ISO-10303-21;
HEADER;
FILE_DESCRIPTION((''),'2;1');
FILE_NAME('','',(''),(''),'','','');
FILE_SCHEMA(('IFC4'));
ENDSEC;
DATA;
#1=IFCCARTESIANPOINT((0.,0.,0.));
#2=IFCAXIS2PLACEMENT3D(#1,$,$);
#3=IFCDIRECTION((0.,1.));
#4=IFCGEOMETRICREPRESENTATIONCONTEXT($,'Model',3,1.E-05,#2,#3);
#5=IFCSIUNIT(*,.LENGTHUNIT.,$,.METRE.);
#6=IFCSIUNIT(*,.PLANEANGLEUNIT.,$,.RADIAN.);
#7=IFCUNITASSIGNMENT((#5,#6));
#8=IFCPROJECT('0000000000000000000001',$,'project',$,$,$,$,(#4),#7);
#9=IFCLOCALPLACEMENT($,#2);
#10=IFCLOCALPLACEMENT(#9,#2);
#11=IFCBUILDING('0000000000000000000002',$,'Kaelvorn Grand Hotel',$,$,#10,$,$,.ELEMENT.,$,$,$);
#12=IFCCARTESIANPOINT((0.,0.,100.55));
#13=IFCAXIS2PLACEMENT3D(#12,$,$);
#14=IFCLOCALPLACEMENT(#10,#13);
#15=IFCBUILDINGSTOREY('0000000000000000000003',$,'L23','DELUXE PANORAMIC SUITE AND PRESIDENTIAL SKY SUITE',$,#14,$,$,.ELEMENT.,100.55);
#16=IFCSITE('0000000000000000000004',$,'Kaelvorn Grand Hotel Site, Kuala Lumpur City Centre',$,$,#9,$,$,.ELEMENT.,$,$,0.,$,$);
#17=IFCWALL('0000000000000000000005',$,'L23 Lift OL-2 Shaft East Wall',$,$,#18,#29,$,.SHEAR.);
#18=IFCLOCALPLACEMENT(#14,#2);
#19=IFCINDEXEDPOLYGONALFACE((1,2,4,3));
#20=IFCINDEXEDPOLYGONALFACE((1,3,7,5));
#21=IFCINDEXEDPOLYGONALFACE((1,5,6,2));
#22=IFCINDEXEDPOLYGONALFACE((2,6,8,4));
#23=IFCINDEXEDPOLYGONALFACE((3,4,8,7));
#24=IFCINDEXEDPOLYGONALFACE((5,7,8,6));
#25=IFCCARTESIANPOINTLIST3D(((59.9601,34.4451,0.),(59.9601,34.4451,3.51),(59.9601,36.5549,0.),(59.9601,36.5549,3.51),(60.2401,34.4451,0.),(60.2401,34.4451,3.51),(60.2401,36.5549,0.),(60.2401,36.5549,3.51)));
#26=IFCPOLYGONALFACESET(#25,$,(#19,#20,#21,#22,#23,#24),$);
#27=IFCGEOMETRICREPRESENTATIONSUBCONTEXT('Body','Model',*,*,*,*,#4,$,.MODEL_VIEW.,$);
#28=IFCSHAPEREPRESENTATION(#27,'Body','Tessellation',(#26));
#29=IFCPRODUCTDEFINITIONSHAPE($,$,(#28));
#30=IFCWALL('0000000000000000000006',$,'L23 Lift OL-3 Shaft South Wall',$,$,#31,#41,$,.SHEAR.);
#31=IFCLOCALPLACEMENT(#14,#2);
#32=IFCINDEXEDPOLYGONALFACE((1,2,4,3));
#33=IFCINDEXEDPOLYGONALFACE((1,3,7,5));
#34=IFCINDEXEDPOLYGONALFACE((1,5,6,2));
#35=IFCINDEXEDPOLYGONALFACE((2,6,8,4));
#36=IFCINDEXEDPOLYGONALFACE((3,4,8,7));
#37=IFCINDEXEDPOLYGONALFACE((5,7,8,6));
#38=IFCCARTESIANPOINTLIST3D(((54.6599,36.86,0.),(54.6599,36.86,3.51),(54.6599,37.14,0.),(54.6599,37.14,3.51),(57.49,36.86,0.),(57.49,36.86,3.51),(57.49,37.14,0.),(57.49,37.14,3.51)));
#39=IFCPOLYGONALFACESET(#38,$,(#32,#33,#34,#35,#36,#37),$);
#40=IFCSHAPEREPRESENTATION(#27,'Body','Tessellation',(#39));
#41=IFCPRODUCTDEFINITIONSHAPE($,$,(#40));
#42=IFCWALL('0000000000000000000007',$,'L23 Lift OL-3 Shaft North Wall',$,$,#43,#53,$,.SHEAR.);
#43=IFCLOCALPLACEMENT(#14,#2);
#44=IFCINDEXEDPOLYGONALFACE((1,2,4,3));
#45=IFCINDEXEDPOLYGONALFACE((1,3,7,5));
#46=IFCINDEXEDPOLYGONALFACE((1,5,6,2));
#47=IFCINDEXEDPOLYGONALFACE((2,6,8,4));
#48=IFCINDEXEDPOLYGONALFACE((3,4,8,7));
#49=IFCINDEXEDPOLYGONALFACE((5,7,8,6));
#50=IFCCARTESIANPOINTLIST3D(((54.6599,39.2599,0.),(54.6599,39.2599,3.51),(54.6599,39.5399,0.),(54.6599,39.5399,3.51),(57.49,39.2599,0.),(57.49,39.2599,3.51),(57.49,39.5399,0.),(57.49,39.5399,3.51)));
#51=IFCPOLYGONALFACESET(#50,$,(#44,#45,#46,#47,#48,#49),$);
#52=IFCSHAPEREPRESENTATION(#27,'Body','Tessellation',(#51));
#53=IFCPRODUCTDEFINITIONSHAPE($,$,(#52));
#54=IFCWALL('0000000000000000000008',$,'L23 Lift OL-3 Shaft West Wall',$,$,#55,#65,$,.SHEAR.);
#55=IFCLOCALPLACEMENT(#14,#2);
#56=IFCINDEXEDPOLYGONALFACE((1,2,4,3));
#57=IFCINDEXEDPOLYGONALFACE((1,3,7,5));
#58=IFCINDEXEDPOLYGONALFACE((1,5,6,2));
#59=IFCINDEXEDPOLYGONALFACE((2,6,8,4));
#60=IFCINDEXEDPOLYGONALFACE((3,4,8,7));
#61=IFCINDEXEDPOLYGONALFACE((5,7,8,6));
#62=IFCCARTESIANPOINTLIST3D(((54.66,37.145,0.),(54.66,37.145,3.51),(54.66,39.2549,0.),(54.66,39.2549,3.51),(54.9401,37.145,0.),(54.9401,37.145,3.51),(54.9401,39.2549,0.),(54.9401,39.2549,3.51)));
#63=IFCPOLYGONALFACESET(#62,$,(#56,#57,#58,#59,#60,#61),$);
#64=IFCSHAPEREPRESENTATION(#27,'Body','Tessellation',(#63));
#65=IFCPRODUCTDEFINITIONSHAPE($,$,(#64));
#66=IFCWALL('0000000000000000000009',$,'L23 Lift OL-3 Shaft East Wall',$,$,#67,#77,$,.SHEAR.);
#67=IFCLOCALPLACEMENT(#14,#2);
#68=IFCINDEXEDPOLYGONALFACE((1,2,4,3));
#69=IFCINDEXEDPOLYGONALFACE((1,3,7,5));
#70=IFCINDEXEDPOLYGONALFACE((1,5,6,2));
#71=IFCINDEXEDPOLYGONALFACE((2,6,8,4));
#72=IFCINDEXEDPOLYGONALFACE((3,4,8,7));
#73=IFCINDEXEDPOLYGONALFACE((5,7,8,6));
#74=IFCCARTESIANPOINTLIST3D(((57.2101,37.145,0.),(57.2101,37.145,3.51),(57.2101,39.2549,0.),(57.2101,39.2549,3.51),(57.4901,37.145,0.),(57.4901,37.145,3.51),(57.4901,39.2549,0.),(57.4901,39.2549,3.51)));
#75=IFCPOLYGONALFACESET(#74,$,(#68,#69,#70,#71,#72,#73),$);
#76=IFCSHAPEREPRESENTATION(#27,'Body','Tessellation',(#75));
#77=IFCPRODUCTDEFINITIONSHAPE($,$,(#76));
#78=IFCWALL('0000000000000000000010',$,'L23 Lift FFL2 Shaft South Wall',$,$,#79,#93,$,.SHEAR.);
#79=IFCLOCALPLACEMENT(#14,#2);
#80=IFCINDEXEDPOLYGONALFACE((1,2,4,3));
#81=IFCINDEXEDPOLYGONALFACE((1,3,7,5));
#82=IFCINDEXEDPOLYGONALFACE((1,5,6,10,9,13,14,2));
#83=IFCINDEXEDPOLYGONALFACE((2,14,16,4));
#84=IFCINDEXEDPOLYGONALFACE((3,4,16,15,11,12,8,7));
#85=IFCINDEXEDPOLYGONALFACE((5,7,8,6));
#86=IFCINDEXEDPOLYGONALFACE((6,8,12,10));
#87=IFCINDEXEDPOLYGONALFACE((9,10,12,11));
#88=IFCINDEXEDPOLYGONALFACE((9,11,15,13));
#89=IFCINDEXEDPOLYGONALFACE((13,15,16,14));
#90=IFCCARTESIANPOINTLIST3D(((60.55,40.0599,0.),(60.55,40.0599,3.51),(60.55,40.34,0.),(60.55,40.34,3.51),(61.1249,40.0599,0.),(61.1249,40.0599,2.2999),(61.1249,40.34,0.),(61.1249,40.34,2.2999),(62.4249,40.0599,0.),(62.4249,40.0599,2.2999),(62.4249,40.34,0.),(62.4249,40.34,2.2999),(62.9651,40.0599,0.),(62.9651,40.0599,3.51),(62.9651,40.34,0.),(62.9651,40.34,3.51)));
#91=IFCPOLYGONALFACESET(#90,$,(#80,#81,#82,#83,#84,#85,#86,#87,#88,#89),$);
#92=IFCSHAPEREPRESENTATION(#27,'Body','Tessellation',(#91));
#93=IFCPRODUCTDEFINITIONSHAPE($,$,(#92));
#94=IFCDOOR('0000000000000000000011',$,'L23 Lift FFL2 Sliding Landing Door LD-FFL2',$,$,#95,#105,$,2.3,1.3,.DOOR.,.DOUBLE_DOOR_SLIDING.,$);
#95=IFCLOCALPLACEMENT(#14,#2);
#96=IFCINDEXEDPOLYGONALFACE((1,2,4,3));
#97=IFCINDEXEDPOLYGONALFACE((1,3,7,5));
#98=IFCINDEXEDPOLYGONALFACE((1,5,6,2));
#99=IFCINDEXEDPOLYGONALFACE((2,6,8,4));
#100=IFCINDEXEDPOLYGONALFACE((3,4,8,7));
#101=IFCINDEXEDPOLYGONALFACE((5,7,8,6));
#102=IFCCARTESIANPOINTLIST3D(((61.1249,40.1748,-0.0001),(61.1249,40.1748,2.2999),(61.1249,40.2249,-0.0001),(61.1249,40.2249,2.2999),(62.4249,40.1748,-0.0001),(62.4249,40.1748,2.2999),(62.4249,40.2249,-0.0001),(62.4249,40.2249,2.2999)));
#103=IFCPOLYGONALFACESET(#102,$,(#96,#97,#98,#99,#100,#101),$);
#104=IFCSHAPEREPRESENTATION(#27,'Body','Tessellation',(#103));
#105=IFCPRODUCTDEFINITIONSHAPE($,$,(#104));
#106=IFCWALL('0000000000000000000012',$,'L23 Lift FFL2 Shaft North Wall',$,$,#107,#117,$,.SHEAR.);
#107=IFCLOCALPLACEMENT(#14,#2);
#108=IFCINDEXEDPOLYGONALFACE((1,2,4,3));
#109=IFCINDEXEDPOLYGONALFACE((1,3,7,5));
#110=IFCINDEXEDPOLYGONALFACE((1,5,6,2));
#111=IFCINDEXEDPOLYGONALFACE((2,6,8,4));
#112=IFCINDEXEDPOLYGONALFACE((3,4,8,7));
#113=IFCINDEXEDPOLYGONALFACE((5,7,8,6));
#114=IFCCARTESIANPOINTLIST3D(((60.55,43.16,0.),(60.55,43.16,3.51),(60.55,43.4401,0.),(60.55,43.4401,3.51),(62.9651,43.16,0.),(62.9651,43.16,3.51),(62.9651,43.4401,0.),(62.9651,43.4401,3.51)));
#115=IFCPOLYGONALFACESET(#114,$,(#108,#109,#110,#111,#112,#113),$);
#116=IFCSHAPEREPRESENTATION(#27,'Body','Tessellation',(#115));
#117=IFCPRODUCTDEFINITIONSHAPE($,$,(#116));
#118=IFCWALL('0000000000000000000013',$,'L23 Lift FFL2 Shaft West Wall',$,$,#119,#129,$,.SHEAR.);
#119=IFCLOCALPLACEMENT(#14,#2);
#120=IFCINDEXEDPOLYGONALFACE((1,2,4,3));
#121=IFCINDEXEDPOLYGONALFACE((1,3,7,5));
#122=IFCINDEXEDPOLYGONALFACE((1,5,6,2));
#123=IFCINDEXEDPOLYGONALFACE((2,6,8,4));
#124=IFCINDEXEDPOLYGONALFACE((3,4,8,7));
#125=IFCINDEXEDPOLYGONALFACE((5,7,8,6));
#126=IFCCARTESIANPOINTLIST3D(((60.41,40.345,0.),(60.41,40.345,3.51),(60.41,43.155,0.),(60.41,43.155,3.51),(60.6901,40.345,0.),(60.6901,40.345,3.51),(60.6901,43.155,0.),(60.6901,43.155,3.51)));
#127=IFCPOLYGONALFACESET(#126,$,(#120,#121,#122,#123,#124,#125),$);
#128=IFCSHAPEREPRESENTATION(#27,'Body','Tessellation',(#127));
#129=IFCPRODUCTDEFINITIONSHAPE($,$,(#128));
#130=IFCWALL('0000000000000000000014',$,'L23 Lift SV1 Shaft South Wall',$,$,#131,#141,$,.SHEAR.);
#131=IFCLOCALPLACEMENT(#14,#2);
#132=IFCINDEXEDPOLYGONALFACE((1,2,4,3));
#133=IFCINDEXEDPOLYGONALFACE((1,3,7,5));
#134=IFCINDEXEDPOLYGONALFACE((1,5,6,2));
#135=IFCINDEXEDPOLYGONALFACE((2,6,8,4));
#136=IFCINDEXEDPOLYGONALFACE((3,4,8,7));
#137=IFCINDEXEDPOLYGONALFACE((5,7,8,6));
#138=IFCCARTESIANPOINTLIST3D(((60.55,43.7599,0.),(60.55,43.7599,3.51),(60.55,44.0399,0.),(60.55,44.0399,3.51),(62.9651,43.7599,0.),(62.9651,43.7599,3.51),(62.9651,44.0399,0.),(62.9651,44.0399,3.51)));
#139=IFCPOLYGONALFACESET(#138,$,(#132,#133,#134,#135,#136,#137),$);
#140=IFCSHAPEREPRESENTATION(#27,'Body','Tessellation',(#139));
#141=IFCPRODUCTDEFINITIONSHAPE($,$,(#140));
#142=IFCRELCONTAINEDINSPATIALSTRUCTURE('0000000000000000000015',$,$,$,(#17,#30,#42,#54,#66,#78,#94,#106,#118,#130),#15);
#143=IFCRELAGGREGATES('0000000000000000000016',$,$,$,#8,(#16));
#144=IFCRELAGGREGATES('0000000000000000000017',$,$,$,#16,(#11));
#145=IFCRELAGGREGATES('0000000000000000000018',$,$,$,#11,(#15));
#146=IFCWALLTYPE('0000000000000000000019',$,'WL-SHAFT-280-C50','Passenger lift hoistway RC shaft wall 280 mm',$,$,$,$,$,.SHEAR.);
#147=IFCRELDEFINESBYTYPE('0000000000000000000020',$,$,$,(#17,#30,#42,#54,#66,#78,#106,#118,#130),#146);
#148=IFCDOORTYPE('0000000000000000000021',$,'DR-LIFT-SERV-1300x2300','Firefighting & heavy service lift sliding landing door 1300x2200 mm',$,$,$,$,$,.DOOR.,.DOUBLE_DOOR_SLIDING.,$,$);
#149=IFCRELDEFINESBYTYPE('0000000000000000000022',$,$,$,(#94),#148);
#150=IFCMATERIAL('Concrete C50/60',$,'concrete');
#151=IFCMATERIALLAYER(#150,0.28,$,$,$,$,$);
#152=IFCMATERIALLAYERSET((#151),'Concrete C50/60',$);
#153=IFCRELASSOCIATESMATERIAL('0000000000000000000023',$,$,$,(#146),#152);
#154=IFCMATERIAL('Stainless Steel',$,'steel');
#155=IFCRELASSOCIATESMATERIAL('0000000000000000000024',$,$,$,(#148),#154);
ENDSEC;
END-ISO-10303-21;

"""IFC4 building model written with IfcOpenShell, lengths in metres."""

from ifc_helpers import new_model, si_unit, direction, frame, frame_2d, origin, place, context, subcontext, project, spatial, rectangle, extrude, material, layer, layer_set, type_object, element, fill, save


model = new_model("IFC4")

# Units and contexts
model_context = context("Model", 3, precision=1e-05, world=origin(), true_north=direction((0.0, 1.0)))
body_context = subcontext(model_context, "Body", "Model", "MODEL_VIEW")
ifc_project = project(units=[si_unit("LENGTHUNIT", "METRE"), si_unit("PLANEANGLEUNIT", "RADIAN")], contexts=[model_context])

# Site, building, storey
site_placement = place(None, origin())
site = spatial("IfcSite", under=ifc_project, at=site_placement, Name="Kaelvorn Grand Hotel Site, Kuala Lumpur City Centre", CompositionType="ELEMENT", RefElevation=0.0)
building_placement = place(site_placement, origin())
building = spatial("IfcBuilding", under=site, at=building_placement, Name="Kaelvorn Grand Hotel", CompositionType="ELEMENT")
storey_placement = place(building_placement, frame((0.0, 0.0, 100.55)))
storey = spatial("IfcBuildingStorey", under=building, at=storey_placement, Name="L23", Description="DELUXE PANORAMIC SUITE AND PRESIDENTIAL SKY SUITE", CompositionType="ELEMENT", Elevation=100.55)

# Walls
ifc_material_1 = material(Name="Concrete C50/60", Category="concrete")
ifc_layer_1 = layer(ifc_material_1, 0.28)
ifc_layer_set_1 = layer_set([ifc_layer_1], Name="Concrete C50/60")
wall_type_1 = type_object("IfcWallType", Name="WL-SHAFT-280-C50", Description="Passenger lift hoistway RC shaft wall 280 mm", PredefinedType="SHEAR", material=ifc_layer_set_1)
wall_1_placement = place(storey_placement, frame((60.1001, 34.4451, 0.0), z_axis=(0.0, 0.0, 1.0), x_axis=(0.0, 1.0, 0.0)))
element("IfcWall", 1, at=wall_1_placement, inside=storey, type_object=wall_type_1, Name="L23 Lift OL-2 Shaft East Wall", PredefinedType="SHEAR", context=body_context, shape_type="SweptSolid", body=[
    extrude(rectangle(XDim=2.1099, YDim=0.28, at=frame_2d((1.0549, 0.0))), origin(), (0.0, 0.0, 1.0), 3.51),
])
for number, where, z_axis, x_axis, name in (
    (2, (54.6599, 37.0, 0.0), (0.0, 0.0, 1.0), (1.0, 0.0, 0.0), "L23 Lift OL-3 Shaft South Wall"),
    (3, (54.6599, 39.3999, 0.0), (0.0, 0.0, 1.0), (1.0, 0.0, 0.0), "L23 Lift OL-3 Shaft North Wall"),
):
    element("IfcWall", number, at=place(storey_placement, frame(where, z_axis=z_axis, x_axis=x_axis)), inside=storey, type_object=wall_type_1, Name=name, PredefinedType="SHEAR", context=body_context, shape_type="SweptSolid", body=[
        extrude(rectangle(XDim=2.8301, YDim=0.28, at=frame_2d((1.415, 0.0))), origin(), (0.0, 0.0, 1.0), 3.51),
    ])
for number, where, z_axis, x_axis, name in (
    (4, (54.8, 37.145, 0.0), (0.0, 0.0, 1.0), (0.0, 1.0, 0.0), "L23 Lift OL-3 Shaft West Wall"),
    (5, (57.3501, 37.145, 0.0), (0.0, 0.0, 1.0), (0.0, 1.0, 0.0), "L23 Lift OL-3 Shaft East Wall"),
):
    element("IfcWall", number, at=place(storey_placement, frame(where, z_axis=z_axis, x_axis=x_axis)), inside=storey, type_object=wall_type_1, Name=name, PredefinedType="SHEAR", context=body_context, shape_type="SweptSolid", body=[
        extrude(rectangle(XDim=2.1099, YDim=0.28, at=frame_2d((1.0549, 0.0))), origin(), (0.0, 0.0, 1.0), 3.51),
    ])

# Wall, opening, door
wall_2_placement = place(storey_placement, frame((60.55, 40.2, 0.0), z_axis=(0.0, 0.0, 1.0), x_axis=(1.0, 0.0, 0.0)))
wall_2 = element("IfcWall", 6, at=wall_2_placement, inside=storey, type_object=wall_type_1, Name="L23 Lift FFL2 Shaft South Wall", PredefinedType="SHEAR", context=body_context, shape_type="SweptSolid", body=[
    extrude(rectangle(XDim=2.415, YDim=0.28, at=frame_2d((1.2075, 0.0))), origin(), (0.0, 0.0, 1.0), 3.51),
])
opening_1_placement = place(wall_2_placement, frame((0.575, 0.0, 0.0)))
opening_1 = element("IfcOpeningElement", 7, at=opening_1_placement, cuts=wall_2, PredefinedType="OPENING", context=body_context, shape_type="SweptSolid", body=[
    extrude(rectangle(XDim=1.3, YDim=2.3, at=frame_2d((0.6499, 1.1499))), frame((0.0, 0.1499, 0.0), z_axis=(0.0, -1.0, 0.0), x_axis=(1.0, 0.0, 0.0)), (0.0, 0.0, 1.0), 0.3),
])
ifc_material_2 = material(Name="Stainless Steel", Category="steel")
door_type_1 = type_object("IfcDoorType", Name="DR-LIFT-SERV-1300x2300", Description="Firefighting & heavy service lift sliding landing door 1300x2200 mm", OperationType="DOUBLE_DOOR_SLIDING", PredefinedType="DOOR", material=ifc_material_2)
door_1_placement = place(opening_1_placement, origin())
door_1 = element("IfcDoor", 8, at=door_1_placement, inside=storey, type_object=door_type_1, Name="L23 Lift FFL2 Sliding Landing Door LD-FFL2", OperationType="DOUBLE_DOOR_SLIDING", OverallHeight=2.3, OverallWidth=1.3, PredefinedType="DOOR", context=body_context, shape_type="SweptSolid", body=[
    extrude(rectangle(XDim=1.3, YDim=2.3, at=frame_2d((0.6499, 1.1499))), frame((0.0, 0.0249, 0.0), z_axis=(0.0, -1.0, 0.0), x_axis=(1.0, 0.0, 0.0)), (0.0, 0.0, 1.0), 0.05),
])
fill(opening_1, door_1)

# Walls
wall_3_placement = place(storey_placement, frame((60.55, 43.3, 0.0), z_axis=(0.0, 0.0, 1.0), x_axis=(1.0, 0.0, 0.0)))
element("IfcWall", 9, at=wall_3_placement, inside=storey, type_object=wall_type_1, Name="L23 Lift FFL2 Shaft North Wall", PredefinedType="SHEAR", context=body_context, shape_type="SweptSolid", body=[
    extrude(rectangle(XDim=2.415, YDim=0.28, at=frame_2d((1.2075, 0.0))), origin(), (0.0, 0.0, 1.0), 3.51),
])
wall_4_placement = place(storey_placement, frame((60.55, 40.345, 0.0), z_axis=(0.0, 0.0, 1.0), x_axis=(0.0, 1.0, 0.0)))
element("IfcWall", 10, at=wall_4_placement, inside=storey, type_object=wall_type_1, Name="L23 Lift FFL2 Shaft West Wall", PredefinedType="SHEAR", context=body_context, shape_type="SweptSolid", body=[
    extrude(rectangle(XDim=2.8101, YDim=0.28, at=frame_2d((1.405, 0.0))), origin(), (0.0, 0.0, 1.0), 3.51),
])
wall_5_placement = place(storey_placement, frame((60.55, 43.8999, 0.0), z_axis=(0.0, 0.0, 1.0), x_axis=(1.0, 0.0, 0.0)))
element("IfcWall", 11, at=wall_5_placement, inside=storey, type_object=wall_type_1, Name="L23 Lift SV1 Shaft South Wall", PredefinedType="SHEAR", context=body_context, shape_type="SweptSolid", body=[
    extrude(rectangle(XDim=2.415, YDim=0.28, at=frame_2d((1.2075, 0.0))), origin(), (0.0, 0.0, 1.0), 3.51),
])

save(model, "model.ifc")
